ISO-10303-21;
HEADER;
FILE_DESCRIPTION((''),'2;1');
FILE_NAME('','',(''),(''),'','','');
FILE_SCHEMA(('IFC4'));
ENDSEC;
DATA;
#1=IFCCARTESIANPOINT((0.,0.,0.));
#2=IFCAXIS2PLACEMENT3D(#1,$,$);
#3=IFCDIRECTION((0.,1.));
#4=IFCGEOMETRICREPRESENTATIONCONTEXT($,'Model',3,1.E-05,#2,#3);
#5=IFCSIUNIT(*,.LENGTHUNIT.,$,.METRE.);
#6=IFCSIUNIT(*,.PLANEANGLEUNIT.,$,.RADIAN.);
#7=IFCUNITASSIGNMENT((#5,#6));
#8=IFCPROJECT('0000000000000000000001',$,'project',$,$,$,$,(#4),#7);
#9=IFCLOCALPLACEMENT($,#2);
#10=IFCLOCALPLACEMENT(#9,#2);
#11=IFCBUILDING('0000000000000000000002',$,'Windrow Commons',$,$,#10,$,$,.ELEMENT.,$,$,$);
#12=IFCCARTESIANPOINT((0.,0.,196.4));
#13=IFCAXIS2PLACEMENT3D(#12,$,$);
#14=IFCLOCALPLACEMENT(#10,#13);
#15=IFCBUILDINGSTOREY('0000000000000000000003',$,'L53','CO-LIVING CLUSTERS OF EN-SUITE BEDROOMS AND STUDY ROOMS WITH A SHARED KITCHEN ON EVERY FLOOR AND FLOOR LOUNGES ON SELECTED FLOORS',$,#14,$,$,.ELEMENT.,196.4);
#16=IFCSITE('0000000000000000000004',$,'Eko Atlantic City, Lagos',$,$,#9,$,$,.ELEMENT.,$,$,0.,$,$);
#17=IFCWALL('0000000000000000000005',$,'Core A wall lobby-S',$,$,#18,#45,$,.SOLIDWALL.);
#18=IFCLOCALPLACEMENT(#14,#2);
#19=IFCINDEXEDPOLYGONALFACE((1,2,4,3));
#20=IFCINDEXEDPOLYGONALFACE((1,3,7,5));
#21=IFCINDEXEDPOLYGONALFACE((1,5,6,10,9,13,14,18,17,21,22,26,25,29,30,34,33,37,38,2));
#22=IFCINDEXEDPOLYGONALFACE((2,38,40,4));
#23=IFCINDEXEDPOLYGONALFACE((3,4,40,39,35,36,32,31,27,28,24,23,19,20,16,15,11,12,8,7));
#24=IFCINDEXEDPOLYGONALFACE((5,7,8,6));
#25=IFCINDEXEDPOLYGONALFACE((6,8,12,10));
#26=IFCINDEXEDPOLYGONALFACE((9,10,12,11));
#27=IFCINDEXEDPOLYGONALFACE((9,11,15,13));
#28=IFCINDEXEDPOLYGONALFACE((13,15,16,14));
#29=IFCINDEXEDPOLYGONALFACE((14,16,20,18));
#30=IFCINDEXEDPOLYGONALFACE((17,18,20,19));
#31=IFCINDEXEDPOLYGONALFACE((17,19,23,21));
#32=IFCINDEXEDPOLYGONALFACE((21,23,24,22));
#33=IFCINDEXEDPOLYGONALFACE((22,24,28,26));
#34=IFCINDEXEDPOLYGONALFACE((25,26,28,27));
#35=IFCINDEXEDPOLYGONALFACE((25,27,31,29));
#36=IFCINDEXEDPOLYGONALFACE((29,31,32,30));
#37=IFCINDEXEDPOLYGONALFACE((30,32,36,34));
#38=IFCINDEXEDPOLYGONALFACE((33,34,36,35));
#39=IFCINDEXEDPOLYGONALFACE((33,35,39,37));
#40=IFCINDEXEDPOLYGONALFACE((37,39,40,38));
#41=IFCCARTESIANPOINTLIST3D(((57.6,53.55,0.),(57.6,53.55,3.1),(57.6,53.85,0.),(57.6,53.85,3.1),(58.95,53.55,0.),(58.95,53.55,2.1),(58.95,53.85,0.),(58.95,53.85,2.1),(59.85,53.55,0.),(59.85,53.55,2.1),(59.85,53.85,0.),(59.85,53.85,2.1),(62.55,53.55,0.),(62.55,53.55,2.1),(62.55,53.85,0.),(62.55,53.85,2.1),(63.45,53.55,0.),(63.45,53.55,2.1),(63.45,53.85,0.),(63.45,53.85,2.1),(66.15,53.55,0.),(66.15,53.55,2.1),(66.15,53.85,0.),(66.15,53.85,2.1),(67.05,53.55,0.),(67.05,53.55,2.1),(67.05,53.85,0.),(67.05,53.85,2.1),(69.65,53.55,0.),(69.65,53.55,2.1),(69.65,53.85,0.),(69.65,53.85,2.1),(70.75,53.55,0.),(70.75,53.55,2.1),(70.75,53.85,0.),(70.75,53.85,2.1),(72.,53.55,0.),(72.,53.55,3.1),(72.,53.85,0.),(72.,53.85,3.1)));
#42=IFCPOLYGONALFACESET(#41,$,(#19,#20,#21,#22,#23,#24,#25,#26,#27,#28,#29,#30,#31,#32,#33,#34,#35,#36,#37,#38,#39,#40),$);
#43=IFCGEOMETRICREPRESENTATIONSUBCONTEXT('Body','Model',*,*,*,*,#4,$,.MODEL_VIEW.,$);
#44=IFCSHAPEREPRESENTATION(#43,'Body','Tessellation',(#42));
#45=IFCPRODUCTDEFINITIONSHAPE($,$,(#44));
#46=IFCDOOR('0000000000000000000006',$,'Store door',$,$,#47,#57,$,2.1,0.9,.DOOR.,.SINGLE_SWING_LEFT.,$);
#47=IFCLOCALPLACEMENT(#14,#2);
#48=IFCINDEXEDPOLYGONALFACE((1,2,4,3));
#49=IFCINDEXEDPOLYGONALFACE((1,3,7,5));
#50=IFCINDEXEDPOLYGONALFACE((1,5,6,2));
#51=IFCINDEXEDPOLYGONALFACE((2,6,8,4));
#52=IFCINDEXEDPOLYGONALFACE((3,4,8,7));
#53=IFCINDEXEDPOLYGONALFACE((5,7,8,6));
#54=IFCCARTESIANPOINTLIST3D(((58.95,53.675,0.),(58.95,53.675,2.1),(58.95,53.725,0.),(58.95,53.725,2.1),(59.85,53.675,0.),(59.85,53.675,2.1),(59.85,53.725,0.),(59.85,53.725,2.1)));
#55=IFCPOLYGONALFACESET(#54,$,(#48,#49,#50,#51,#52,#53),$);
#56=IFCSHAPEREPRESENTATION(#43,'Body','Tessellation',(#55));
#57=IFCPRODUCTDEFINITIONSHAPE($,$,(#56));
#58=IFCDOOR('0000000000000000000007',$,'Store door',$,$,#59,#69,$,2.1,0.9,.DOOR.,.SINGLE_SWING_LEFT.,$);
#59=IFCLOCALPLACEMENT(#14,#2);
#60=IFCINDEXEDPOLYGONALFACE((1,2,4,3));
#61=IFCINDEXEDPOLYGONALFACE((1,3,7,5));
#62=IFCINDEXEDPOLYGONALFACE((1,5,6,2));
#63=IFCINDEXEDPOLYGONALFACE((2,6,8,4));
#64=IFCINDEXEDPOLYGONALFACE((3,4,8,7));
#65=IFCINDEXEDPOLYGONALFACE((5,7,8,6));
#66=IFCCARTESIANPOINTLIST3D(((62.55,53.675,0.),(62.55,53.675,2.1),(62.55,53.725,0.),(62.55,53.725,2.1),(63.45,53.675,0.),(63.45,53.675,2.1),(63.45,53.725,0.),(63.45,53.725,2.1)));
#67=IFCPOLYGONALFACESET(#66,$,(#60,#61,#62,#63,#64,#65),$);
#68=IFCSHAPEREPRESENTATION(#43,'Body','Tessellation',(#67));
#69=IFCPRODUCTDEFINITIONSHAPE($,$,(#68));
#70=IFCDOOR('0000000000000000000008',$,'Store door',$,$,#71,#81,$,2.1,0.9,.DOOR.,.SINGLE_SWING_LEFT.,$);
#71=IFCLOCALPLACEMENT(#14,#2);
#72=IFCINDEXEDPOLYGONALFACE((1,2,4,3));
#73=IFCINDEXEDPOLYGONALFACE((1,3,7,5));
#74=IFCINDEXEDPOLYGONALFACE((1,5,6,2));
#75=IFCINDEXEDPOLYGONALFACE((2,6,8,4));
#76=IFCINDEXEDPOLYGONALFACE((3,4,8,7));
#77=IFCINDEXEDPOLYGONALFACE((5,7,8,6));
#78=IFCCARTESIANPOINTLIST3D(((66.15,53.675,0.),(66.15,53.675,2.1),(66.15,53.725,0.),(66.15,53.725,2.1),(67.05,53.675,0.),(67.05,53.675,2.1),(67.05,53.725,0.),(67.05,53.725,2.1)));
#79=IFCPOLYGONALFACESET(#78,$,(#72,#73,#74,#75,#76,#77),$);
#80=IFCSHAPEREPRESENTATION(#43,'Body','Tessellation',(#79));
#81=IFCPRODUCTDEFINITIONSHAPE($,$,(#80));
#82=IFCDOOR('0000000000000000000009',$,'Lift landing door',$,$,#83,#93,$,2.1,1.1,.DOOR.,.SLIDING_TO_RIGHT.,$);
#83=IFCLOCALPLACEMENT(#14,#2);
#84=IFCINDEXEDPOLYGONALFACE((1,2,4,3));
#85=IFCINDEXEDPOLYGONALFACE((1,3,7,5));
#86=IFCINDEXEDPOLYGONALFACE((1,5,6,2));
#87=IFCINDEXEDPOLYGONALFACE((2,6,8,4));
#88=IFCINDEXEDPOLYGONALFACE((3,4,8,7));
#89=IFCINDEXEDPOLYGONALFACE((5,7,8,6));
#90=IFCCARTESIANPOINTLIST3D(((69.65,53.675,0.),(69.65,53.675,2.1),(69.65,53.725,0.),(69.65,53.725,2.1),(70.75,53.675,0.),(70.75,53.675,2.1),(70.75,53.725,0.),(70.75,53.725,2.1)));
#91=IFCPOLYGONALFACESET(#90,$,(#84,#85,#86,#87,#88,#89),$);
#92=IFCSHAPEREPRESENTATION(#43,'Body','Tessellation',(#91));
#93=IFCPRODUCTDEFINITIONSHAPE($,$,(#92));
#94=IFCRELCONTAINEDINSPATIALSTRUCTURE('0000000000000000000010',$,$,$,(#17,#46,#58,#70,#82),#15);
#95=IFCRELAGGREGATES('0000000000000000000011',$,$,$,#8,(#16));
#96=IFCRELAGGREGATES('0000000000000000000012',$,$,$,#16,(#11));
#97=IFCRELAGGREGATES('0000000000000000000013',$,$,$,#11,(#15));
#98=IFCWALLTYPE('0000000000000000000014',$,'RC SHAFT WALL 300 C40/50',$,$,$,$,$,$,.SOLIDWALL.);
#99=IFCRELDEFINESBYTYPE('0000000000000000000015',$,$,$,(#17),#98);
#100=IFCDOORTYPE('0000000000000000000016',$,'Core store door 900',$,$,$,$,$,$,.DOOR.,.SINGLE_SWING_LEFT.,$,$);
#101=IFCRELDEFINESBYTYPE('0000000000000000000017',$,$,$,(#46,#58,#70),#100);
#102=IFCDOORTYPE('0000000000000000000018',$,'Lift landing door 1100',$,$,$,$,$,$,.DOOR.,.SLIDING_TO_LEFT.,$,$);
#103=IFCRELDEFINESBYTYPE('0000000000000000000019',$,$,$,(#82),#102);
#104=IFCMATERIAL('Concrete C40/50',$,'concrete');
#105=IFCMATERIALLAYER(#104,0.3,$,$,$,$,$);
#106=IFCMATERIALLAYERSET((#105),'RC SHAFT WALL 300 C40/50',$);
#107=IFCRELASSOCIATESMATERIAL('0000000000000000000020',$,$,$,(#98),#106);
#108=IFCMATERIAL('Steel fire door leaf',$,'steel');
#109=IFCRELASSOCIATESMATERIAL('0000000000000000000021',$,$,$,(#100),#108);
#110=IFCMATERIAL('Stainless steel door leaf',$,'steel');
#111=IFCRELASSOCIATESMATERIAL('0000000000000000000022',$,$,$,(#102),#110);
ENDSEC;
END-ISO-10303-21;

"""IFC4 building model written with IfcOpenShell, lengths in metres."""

from ifc_helpers import new_model, si_unit, direction, frame, frame_2d, origin, place, context, subcontext, project, spatial, rectangle, extrude, material, layer, layer_set, type_object, element, fill, save


model = new_model("IFC4")

# Units and contexts
model_context = context("Model", 3, precision=1e-05, world=origin(), true_north=direction((0.0, 1.0)))
body_context = subcontext(model_context, "Body", "Model", "MODEL_VIEW")
ifc_project = project(units=[si_unit("LENGTHUNIT", "METRE"), si_unit("PLANEANGLEUNIT", "RADIAN")], contexts=[model_context])

# Site, building, storey
site_placement = place(None, origin())
site = spatial("IfcSite", under=ifc_project, at=site_placement, Name="Eko Atlantic City, Lagos", CompositionType="ELEMENT", RefElevation=0.0)
building_placement = place(site_placement, origin())
building = spatial("IfcBuilding", under=site, at=building_placement, Name="Windrow Commons", CompositionType="ELEMENT")
storey_placement = place(building_placement, frame((0.0, 0.0, 196.4)))
storey = spatial("IfcBuildingStorey", under=building, at=storey_placement, Name="L53", Description="CO-LIVING CLUSTERS OF EN-SUITE BEDROOMS AND STUDY ROOMS WITH A SHARED KITCHEN ON EVERY FLOOR AND FLOOR LOUNGES ON SELECTED FLOORS", CompositionType="ELEMENT", Elevation=196.4)

# Wall, openings, doors
ifc_material_1 = material(Name="Concrete C40/50", Category="concrete")
ifc_layer_1 = layer(ifc_material_1, 0.3)
ifc_layer_set_1 = layer_set([ifc_layer_1], Name="RC SHAFT WALL 300 C40/50")
wall_type_1 = type_object("IfcWallType", Name="RC SHAFT WALL 300 C40/50", PredefinedType="SOLIDWALL", material=ifc_layer_set_1)
wall_1_placement = place(storey_placement, frame((57.6, 53.7, 0.0), z_axis=(0.0, 0.0, 1.0), x_axis=(1.0, 0.0, 0.0)))
wall_1 = element("IfcWall", 1, at=wall_1_placement, inside=storey, type_object=wall_type_1, Name="Core A wall lobby-S", PredefinedType="SOLIDWALL", context=body_context, shape_type="SweptSolid", body=[
    extrude(rectangle(XDim=14.4, YDim=0.3, at=frame_2d((7.2, 0.0))), origin(), (0.0, 0.0, 1.0), 3.1),
])
opening_1_placement = place(wall_1_placement, frame((1.35, 0.0, 0.0)))
opening_1 = element("IfcOpeningElement", 2, at=opening_1_placement, cuts=wall_1, PredefinedType="OPENING", context=body_context, shape_type="SweptSolid", body=[
    extrude(rectangle(XDim=0.9, YDim=2.1, at=frame_2d((0.45, 1.05))), frame((0.0, 0.16, 0.0), z_axis=(0.0, -1.0, 0.0), x_axis=(1.0, 0.0, 0.0)), (0.0, 0.0, 1.0), 0.32),
])
opening_2_placement = place(wall_1_placement, frame((4.95, 0.0, 0.0)))
opening_2 = element("IfcOpeningElement", 3, at=opening_2_placement, cuts=wall_1, PredefinedType="OPENING", context=body_context, shape_type="SweptSolid", body=[
    extrude(rectangle(XDim=0.9, YDim=2.1, at=frame_2d((0.45, 1.05))), frame((0.0, 0.16, 0.0), z_axis=(0.0, -1.0, 0.0), x_axis=(1.0, 0.0, 0.0)), (0.0, 0.0, 1.0), 0.32),
])
opening_3_placement = place(wall_1_placement, frame((8.55, 0.0, 0.0)))
opening_3 = element("IfcOpeningElement", 4, at=opening_3_placement, cuts=wall_1, PredefinedType="OPENING", context=body_context, shape_type="SweptSolid", body=[
    extrude(rectangle(XDim=0.9, YDim=2.1, at=frame_2d((0.45, 1.05))), frame((0.0, 0.16, 0.0), z_axis=(0.0, -1.0, 0.0), x_axis=(1.0, 0.0, 0.0)), (0.0, 0.0, 1.0), 0.32),
])
opening_4_placement = place(wall_1_placement, frame((12.05, 0.0, 0.0)))
opening_4 = element("IfcOpeningElement", 5, at=opening_4_placement, cuts=wall_1, PredefinedType="OPENING", context=body_context, shape_type="SweptSolid", body=[
    extrude(rectangle(XDim=1.1, YDim=2.1, at=frame_2d((0.55, 1.05))), frame((0.0, 0.16, 0.0), z_axis=(0.0, -1.0, 0.0), x_axis=(1.0, 0.0, 0.0)), (0.0, 0.0, 1.0), 0.32),
])
ifc_material_2 = material(Name="Steel fire door leaf", Category="steel")
door_type_1 = type_object("IfcDoorType", Name="Core store door 900", OperationType="SINGLE_SWING_LEFT", PredefinedType="DOOR", material=ifc_material_2)
door_1_placement = place(opening_1_placement, origin())
door_1 = element("IfcDoor", 6, at=door_1_placement, inside=storey, type_object=door_type_1, Name="Store door", OperationType="SINGLE_SWING_LEFT", OverallHeight=2.1, OverallWidth=0.9, PredefinedType="DOOR", context=body_context, shape_type="SweptSolid", body=[
    extrude(rectangle(XDim=0.9, YDim=2.1, at=frame_2d((0.45, 1.05))), frame((0.0, 0.025, 0.0), z_axis=(0.0, -1.0, 0.0), x_axis=(1.0, 0.0, 0.0)), (0.0, 0.0, 1.0), 0.05),
])
fill(opening_1, door_1)
door_2_placement = place(opening_2_placement, origin())
door_2 = element("IfcDoor", 7, at=door_2_placement, inside=storey, type_object=door_type_1, Name="Store door", OperationType="SINGLE_SWING_LEFT", OverallHeight=2.1, OverallWidth=0.9, PredefinedType="DOOR", context=body_context, shape_type="SweptSolid", body=[
    extrude(rectangle(XDim=0.9, YDim=2.1, at=frame_2d((0.45, 1.05))), frame((0.0, 0.025, 0.0), z_axis=(0.0, -1.0, 0.0), x_axis=(1.0, 0.0, 0.0)), (0.0, 0.0, 1.0), 0.05),
])
fill(opening_2, door_2)
door_3_placement = place(opening_3_placement, origin())
door_3 = element("IfcDoor", 8, at=door_3_placement, inside=storey, type_object=door_type_1, Name="Store door", OperationType="SINGLE_SWING_LEFT", OverallHeight=2.1, OverallWidth=0.9, PredefinedType="DOOR", context=body_context, shape_type="SweptSolid", body=[
    extrude(rectangle(XDim=0.9, YDim=2.1, at=frame_2d((0.45, 1.05))), frame((0.0, 0.025, 0.0), z_axis=(0.0, -1.0, 0.0), x_axis=(1.0, 0.0, 0.0)), (0.0, 0.0, 1.0), 0.05),
])
fill(opening_3, door_3)
ifc_material_3 = material(Name="Stainless steel door leaf", Category="steel")
door_type_2 = type_object("IfcDoorType", Name="Lift landing door 1100", OperationType="SLIDING_TO_LEFT", PredefinedType="DOOR", material=ifc_material_3)
door_4_placement = place(opening_4_placement, origin())
door_4 = element("IfcDoor", 9, at=door_4_placement, inside=storey, type_object=door_type_2, Name="Lift landing door", OperationType="SLIDING_TO_RIGHT", OverallHeight=2.1, OverallWidth=1.1, PredefinedType="DOOR", context=body_context, shape_type="SweptSolid", body=[
    extrude(rectangle(XDim=1.1, YDim=2.1, at=frame_2d((0.55, 1.05))), frame((0.0, 0.025, 0.0), z_axis=(0.0, -1.0, 0.0), x_axis=(1.0, 0.0, 0.0)), (0.0, 0.0, 1.0), 0.05),
])
fill(opening_4, door_4)

save(model, "model.ifc")
